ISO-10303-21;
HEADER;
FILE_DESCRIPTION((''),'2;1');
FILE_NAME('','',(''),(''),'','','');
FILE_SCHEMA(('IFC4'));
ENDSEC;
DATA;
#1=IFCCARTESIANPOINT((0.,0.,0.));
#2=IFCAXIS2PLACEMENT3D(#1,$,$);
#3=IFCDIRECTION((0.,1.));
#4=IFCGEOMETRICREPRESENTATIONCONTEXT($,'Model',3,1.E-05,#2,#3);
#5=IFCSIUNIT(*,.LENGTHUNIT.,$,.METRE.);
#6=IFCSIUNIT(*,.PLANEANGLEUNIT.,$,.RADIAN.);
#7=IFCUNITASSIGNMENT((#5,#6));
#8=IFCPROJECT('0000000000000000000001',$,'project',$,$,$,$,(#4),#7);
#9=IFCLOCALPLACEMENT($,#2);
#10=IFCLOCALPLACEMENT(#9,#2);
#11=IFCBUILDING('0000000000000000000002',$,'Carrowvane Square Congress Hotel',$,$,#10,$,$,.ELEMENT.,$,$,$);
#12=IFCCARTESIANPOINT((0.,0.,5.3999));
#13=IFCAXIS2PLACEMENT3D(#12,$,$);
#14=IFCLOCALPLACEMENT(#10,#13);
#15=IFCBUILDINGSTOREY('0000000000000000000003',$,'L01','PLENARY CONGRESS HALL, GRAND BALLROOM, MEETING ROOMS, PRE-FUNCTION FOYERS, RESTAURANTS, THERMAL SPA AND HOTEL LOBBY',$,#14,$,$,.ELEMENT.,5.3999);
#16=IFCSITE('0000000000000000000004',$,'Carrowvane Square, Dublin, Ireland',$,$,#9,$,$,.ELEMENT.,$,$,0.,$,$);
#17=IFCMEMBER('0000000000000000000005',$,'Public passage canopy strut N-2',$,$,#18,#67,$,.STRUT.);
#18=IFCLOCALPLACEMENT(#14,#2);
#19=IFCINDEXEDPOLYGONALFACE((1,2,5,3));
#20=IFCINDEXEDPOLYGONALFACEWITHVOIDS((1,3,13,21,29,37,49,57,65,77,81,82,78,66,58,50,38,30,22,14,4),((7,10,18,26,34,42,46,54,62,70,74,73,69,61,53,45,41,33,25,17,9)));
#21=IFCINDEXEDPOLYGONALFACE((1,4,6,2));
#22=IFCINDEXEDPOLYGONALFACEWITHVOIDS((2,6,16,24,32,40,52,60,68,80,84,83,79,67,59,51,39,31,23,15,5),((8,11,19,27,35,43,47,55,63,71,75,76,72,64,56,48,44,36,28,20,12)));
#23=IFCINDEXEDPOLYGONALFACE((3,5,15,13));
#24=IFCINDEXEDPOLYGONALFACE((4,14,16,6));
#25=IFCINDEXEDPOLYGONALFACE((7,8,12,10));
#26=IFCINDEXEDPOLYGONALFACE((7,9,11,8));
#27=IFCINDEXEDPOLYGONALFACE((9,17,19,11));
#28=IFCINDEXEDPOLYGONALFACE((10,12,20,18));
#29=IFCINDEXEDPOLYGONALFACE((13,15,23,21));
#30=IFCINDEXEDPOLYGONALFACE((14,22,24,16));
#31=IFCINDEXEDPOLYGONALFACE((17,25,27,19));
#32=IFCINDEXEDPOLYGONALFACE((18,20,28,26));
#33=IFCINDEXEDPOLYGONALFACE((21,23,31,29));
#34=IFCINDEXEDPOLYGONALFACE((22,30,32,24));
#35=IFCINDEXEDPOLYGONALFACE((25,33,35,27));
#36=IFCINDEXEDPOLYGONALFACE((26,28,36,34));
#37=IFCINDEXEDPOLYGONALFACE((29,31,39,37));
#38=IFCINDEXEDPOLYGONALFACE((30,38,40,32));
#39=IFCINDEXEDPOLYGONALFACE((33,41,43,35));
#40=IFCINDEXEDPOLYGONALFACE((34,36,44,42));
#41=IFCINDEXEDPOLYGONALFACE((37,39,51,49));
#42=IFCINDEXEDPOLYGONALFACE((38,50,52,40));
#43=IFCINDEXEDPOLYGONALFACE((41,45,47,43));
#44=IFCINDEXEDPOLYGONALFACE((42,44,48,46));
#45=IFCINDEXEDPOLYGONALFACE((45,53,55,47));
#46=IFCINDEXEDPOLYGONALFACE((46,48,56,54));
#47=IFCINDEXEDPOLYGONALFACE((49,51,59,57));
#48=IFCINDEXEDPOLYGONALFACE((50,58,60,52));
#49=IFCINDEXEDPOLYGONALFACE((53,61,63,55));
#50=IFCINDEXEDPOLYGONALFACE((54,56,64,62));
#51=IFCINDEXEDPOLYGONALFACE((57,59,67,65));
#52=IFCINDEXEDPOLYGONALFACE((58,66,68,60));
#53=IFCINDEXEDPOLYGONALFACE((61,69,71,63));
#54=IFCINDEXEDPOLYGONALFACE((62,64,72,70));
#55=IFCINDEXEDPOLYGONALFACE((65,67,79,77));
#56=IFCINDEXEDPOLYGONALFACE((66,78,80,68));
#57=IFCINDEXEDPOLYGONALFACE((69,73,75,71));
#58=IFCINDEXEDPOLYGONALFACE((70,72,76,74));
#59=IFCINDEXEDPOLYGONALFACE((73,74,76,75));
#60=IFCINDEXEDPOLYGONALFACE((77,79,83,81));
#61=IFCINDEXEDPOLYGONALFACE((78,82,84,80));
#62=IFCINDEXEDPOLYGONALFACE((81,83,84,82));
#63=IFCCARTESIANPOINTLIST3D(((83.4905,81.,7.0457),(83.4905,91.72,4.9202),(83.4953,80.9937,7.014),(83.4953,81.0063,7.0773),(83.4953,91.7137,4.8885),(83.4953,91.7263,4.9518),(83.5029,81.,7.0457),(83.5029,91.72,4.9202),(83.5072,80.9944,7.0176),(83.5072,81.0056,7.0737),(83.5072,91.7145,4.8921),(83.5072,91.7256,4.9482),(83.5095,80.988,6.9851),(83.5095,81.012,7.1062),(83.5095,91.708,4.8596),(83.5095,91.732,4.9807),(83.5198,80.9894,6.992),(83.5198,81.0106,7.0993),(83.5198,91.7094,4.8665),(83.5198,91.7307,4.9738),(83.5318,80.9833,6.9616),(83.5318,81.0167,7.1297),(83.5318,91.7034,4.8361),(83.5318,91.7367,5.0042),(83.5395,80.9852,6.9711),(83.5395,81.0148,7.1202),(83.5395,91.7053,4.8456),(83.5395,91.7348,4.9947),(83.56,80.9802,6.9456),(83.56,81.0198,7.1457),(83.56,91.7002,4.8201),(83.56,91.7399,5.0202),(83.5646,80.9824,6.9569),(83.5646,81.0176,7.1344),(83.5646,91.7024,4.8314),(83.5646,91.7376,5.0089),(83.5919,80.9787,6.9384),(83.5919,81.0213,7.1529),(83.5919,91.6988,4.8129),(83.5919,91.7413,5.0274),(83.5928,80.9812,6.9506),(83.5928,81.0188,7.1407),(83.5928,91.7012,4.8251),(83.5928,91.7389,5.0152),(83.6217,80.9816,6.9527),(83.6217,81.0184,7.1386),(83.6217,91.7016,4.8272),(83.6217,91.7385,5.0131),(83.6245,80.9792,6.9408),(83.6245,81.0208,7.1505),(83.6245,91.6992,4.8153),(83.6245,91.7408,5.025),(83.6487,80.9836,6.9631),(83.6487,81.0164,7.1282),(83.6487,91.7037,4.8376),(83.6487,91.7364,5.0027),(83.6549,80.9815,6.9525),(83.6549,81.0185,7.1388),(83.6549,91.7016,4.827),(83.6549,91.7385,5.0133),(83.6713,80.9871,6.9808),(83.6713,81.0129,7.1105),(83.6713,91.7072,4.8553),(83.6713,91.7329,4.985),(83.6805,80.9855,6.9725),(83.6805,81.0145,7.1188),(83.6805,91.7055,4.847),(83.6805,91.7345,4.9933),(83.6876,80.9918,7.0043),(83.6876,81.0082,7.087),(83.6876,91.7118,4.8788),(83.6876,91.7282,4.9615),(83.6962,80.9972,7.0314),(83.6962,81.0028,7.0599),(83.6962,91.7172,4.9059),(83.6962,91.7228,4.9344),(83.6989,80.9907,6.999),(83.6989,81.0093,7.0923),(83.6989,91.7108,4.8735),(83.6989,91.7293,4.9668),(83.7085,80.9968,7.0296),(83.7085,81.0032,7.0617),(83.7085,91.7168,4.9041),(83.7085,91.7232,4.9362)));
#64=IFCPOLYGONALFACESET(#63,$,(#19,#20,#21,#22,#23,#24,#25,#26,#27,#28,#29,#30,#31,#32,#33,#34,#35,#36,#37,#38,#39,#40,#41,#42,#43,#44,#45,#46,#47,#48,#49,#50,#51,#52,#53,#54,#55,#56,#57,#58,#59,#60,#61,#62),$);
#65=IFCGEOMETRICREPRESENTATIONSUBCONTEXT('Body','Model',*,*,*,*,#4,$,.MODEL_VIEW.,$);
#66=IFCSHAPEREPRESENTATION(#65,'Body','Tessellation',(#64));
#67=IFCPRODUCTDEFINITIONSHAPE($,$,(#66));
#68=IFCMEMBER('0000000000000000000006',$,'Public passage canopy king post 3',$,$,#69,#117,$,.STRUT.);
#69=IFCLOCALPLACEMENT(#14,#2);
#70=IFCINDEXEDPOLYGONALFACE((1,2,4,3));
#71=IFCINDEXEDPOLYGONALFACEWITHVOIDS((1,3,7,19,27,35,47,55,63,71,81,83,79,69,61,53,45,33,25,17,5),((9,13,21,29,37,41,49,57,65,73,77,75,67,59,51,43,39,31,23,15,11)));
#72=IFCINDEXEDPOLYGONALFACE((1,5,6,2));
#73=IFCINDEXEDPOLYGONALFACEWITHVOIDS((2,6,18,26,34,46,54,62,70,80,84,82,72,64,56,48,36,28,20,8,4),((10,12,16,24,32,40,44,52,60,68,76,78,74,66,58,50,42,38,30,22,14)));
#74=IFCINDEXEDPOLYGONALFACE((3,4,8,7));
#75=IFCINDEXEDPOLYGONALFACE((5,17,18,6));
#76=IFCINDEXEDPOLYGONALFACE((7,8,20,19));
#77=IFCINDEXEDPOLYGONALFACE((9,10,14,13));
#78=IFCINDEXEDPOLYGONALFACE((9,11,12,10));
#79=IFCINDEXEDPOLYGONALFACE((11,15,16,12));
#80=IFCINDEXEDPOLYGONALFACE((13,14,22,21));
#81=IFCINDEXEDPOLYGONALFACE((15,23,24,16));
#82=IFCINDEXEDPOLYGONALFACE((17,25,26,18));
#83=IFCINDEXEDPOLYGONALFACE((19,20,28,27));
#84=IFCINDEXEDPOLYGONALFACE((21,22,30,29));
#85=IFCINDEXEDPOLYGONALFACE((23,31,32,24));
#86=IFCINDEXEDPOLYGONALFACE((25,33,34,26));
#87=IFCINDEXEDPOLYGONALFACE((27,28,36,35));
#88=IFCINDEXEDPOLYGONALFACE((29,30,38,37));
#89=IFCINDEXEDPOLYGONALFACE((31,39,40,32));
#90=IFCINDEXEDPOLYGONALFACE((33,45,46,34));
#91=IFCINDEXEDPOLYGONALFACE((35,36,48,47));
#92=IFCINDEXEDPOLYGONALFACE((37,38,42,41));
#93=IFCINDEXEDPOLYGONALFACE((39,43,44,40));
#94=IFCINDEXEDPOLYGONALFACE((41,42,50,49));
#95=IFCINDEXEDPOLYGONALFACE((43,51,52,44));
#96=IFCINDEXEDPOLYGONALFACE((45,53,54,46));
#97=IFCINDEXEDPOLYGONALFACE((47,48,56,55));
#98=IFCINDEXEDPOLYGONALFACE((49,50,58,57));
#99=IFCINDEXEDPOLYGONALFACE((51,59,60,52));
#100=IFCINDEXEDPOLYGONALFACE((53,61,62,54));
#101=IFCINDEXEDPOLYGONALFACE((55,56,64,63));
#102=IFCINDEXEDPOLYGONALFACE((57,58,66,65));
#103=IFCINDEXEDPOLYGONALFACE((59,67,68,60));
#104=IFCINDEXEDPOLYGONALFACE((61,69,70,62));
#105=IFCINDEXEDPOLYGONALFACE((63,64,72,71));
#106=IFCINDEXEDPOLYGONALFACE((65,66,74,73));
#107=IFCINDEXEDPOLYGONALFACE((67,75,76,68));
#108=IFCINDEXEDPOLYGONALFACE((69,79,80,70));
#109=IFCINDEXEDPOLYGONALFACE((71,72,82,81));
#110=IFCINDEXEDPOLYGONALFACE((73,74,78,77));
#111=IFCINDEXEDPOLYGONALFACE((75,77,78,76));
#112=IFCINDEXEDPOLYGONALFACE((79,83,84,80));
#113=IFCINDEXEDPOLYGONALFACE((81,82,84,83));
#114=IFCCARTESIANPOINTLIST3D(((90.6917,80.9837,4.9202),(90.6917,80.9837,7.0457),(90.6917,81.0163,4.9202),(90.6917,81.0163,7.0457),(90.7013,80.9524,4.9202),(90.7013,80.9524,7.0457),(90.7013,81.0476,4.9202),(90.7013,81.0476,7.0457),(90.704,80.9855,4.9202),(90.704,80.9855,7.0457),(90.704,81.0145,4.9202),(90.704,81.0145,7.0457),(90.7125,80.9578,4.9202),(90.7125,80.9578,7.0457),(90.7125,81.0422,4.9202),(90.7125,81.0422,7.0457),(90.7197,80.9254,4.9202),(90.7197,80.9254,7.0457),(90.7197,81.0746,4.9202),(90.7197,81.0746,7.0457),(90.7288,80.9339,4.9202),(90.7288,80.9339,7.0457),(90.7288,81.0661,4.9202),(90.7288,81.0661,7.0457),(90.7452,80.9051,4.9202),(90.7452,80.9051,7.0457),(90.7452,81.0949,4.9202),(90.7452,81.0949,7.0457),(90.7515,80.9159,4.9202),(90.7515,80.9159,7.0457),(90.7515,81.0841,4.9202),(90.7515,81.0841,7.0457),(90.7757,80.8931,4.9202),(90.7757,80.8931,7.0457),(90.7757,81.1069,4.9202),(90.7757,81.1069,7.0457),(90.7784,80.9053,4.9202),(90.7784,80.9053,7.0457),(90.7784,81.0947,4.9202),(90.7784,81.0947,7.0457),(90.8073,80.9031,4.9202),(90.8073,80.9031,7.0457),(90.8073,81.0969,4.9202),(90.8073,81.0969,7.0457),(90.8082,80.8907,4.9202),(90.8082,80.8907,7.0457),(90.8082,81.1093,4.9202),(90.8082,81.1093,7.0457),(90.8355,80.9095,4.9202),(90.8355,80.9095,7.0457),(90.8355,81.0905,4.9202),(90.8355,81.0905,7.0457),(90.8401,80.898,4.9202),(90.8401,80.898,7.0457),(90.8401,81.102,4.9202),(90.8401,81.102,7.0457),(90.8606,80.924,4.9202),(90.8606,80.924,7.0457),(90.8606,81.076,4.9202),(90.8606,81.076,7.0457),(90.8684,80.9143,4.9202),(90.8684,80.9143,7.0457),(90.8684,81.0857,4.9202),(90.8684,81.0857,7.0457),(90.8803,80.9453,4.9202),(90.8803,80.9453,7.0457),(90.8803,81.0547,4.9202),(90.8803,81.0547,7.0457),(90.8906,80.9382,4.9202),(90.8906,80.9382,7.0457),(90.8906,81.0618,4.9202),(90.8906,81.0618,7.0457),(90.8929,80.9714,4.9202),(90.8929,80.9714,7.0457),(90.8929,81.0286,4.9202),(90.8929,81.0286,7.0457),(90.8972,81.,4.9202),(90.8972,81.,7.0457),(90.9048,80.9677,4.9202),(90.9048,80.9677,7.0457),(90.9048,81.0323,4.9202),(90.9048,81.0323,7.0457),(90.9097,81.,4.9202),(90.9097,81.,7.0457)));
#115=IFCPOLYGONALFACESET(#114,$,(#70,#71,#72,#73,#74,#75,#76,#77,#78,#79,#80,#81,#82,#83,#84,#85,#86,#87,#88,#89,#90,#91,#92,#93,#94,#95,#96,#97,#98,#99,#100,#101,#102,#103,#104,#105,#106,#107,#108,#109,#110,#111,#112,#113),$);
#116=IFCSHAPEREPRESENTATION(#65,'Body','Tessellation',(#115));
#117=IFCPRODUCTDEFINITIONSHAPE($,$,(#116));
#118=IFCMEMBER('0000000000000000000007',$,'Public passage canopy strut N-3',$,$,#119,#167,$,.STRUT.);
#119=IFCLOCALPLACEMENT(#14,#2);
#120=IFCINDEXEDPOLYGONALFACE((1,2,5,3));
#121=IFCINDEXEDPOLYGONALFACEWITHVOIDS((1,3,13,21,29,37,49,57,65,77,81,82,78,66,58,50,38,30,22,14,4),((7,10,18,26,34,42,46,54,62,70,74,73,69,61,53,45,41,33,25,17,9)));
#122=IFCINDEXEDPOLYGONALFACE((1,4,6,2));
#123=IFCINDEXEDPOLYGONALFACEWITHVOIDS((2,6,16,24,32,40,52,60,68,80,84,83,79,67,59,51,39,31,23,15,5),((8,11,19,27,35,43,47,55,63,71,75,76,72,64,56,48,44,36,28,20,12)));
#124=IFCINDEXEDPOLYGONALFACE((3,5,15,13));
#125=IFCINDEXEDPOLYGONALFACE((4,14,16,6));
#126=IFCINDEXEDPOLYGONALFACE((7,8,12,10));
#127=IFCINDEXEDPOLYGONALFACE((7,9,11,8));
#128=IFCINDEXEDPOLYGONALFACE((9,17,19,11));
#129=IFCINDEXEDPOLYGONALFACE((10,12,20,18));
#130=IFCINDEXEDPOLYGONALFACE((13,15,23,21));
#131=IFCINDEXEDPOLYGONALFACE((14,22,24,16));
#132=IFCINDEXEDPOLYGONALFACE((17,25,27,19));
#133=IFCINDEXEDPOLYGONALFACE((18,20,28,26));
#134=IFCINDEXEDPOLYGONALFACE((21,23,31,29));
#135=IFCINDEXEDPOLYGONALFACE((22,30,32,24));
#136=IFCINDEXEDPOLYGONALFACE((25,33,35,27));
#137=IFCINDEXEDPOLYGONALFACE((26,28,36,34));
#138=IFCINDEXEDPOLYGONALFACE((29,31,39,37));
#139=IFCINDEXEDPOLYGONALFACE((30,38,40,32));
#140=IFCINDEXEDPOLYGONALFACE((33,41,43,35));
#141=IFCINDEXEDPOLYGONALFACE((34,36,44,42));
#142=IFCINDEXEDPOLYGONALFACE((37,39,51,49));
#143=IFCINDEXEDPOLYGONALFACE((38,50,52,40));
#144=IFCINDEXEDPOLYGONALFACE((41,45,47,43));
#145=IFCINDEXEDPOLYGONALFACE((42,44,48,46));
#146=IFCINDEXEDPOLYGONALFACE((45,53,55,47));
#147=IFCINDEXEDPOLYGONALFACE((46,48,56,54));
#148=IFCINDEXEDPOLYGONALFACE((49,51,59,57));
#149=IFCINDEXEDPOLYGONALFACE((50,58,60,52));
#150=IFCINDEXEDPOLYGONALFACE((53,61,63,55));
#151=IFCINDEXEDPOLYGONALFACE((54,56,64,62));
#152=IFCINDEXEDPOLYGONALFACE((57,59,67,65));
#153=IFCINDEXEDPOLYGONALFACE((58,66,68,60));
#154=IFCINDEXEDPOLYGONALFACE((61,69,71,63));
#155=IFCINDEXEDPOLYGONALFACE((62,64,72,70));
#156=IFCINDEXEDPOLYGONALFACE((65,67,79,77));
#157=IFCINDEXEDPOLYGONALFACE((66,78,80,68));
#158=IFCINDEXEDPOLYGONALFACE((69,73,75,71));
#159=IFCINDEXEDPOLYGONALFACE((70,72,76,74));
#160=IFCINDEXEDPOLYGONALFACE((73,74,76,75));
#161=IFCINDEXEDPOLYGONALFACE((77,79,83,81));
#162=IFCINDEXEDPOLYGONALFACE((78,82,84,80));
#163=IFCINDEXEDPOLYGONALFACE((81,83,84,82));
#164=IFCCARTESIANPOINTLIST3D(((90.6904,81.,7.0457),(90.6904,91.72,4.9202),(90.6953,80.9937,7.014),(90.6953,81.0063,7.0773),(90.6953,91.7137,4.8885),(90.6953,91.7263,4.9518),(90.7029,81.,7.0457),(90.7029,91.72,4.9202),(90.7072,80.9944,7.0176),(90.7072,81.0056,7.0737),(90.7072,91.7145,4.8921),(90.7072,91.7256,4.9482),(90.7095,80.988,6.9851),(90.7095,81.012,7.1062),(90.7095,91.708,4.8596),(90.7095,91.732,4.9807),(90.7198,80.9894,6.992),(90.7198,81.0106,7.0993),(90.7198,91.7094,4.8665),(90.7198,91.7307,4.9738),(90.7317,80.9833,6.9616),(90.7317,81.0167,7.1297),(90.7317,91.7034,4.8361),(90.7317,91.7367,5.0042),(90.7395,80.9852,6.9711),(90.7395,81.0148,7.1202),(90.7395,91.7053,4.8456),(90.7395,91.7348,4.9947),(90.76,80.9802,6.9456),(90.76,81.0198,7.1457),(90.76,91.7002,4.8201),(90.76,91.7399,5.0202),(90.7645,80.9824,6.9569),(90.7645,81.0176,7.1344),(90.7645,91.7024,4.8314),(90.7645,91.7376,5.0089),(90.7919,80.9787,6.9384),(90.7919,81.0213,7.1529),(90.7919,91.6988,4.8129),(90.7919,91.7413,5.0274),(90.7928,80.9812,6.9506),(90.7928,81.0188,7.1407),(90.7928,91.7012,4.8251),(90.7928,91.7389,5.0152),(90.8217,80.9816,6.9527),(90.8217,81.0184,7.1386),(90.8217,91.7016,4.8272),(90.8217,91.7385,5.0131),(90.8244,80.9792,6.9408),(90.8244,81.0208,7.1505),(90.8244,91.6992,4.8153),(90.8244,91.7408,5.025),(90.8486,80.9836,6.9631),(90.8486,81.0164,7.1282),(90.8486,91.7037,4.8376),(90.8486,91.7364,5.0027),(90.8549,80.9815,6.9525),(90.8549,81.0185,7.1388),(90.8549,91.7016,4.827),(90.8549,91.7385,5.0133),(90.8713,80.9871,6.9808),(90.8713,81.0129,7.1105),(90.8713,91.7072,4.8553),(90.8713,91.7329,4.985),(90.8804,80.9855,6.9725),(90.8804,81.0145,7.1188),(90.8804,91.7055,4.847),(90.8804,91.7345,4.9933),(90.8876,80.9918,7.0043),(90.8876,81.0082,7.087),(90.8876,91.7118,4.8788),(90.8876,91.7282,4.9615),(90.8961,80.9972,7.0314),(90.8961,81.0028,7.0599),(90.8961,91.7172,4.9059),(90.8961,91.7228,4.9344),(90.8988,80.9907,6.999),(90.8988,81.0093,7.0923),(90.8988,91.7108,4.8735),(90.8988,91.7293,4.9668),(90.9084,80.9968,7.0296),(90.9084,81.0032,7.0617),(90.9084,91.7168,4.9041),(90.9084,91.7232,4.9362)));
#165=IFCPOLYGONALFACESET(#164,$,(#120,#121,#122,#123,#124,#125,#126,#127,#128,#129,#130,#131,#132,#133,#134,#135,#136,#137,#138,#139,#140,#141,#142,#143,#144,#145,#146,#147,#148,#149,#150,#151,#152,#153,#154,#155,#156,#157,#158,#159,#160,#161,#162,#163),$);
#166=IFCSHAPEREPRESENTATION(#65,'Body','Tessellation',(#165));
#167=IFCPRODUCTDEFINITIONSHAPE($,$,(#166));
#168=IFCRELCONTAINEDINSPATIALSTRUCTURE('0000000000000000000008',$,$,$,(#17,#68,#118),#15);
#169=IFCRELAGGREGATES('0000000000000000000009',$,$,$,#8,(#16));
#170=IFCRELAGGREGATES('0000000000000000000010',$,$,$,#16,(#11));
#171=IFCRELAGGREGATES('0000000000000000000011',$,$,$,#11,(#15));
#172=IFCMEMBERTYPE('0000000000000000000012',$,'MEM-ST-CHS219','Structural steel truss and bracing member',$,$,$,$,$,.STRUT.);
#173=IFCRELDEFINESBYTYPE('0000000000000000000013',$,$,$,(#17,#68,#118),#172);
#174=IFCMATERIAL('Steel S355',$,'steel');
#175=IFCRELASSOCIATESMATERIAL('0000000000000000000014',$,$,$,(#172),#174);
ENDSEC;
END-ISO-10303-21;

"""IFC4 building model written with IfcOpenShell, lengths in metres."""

from ifc_helpers import new_model, si_unit, direction, frame, origin, origin_2d, place, context, subcontext, project, spatial, hollow_circle, extrude, material, material_profile, profile_set, type_object, element, save


model = new_model("IFC4")

# Units and contexts
model_context = context("Model", 3, precision=1e-05, world=origin(), true_north=direction((0.0, 1.0)))
body_context = subcontext(model_context, "Body", "Model", "MODEL_VIEW")
ifc_project = project(units=[si_unit("LENGTHUNIT", "METRE"), si_unit("PLANEANGLEUNIT", "RADIAN")], contexts=[model_context])

# Site, building, storey
site_placement = place(None, origin())
site = spatial("IfcSite", under=ifc_project, at=site_placement, Name="Carrowvane Square, Dublin, Ireland", CompositionType="ELEMENT", RefElevation=0.0)
building_placement = place(site_placement, origin())
building = spatial("IfcBuilding", under=site, at=building_placement, Name="Carrowvane Square Congress Hotel", CompositionType="ELEMENT")
storey_placement = place(building_placement, frame((0.0, 0.0, 5.3999)))
storey = spatial("IfcBuildingStorey", under=building, at=storey_placement, Name="L01", Description="PLENARY CONGRESS HALL, GRAND BALLROOM, MEETING ROOMS, PRE-FUNCTION FOYERS, RESTAURANTS, THERMAL SPA AND HOTEL LOBBY", CompositionType="ELEMENT", Elevation=5.3999)

# Members
ifc_material_1 = material(Name="Steel S355", Category="steel")
ifc_material_profile_1 = material_profile(ifc_material_1, hollow_circle(Radius=0.1096, WallThickness=0.0125, at=origin_2d()), Name="CHS 219.1x12.5")
ifc_profile_set_1 = profile_set([ifc_material_profile_1], Name="Steel S355")
member_type_1 = type_object("IfcMemberType", Name="MEM-ST-CHS219", Description="Structural steel truss and bracing member", PredefinedType="STRUT", material=ifc_profile_set_1)
member_1_placement = place(storey_placement, frame((83.6001, 81.0, 7.0457), z_axis=(0.0, 0.980905, -0.194488), x_axis=(-1.0, 0.0, 0.0)))
element("IfcMember", 1, at=member_1_placement, inside=storey, type_object=member_type_1, Name="Public passage canopy strut N-2", PredefinedType="STRUT", context=body_context, shape_type="SweptSolid", body=[
    extrude(hollow_circle(Radius=0.1096, WallThickness=0.0125, at=origin_2d()), origin(), (0.0, 0.0, 1.0), 10.9287),
])
member_2_placement = place(storey_placement, frame((90.8, 81.0, 4.9202), z_axis=(0.0, 0.0, 1.0), x_axis=(1.0, 0.0, 0.0)))
element("IfcMember", 2, at=member_2_placement, inside=storey, type_object=member_type_1, Name="Public passage canopy king post 3", PredefinedType="STRUT", context=body_context, shape_type="SweptSolid", body=[
    extrude(hollow_circle(Radius=0.1096, WallThickness=0.0125, at=origin_2d()), origin(), (0.0, 0.0, 1.0), 2.1255),
])
member_3_placement = place(storey_placement, frame((90.8, 81.0, 7.0457), z_axis=(0.0, 0.980905, -0.194488), x_axis=(-1.0, 0.0, 0.0)))
element("IfcMember", 3, at=member_3_placement, inside=storey, type_object=member_type_1, Name="Public passage canopy strut N-3", PredefinedType="STRUT", context=body_context, shape_type="SweptSolid", body=[
    extrude(hollow_circle(Radius=0.1096, WallThickness=0.0125, at=origin_2d()), origin(), (0.0, 0.0, 1.0), 10.9287),
])

save(model, "model.ifc")
